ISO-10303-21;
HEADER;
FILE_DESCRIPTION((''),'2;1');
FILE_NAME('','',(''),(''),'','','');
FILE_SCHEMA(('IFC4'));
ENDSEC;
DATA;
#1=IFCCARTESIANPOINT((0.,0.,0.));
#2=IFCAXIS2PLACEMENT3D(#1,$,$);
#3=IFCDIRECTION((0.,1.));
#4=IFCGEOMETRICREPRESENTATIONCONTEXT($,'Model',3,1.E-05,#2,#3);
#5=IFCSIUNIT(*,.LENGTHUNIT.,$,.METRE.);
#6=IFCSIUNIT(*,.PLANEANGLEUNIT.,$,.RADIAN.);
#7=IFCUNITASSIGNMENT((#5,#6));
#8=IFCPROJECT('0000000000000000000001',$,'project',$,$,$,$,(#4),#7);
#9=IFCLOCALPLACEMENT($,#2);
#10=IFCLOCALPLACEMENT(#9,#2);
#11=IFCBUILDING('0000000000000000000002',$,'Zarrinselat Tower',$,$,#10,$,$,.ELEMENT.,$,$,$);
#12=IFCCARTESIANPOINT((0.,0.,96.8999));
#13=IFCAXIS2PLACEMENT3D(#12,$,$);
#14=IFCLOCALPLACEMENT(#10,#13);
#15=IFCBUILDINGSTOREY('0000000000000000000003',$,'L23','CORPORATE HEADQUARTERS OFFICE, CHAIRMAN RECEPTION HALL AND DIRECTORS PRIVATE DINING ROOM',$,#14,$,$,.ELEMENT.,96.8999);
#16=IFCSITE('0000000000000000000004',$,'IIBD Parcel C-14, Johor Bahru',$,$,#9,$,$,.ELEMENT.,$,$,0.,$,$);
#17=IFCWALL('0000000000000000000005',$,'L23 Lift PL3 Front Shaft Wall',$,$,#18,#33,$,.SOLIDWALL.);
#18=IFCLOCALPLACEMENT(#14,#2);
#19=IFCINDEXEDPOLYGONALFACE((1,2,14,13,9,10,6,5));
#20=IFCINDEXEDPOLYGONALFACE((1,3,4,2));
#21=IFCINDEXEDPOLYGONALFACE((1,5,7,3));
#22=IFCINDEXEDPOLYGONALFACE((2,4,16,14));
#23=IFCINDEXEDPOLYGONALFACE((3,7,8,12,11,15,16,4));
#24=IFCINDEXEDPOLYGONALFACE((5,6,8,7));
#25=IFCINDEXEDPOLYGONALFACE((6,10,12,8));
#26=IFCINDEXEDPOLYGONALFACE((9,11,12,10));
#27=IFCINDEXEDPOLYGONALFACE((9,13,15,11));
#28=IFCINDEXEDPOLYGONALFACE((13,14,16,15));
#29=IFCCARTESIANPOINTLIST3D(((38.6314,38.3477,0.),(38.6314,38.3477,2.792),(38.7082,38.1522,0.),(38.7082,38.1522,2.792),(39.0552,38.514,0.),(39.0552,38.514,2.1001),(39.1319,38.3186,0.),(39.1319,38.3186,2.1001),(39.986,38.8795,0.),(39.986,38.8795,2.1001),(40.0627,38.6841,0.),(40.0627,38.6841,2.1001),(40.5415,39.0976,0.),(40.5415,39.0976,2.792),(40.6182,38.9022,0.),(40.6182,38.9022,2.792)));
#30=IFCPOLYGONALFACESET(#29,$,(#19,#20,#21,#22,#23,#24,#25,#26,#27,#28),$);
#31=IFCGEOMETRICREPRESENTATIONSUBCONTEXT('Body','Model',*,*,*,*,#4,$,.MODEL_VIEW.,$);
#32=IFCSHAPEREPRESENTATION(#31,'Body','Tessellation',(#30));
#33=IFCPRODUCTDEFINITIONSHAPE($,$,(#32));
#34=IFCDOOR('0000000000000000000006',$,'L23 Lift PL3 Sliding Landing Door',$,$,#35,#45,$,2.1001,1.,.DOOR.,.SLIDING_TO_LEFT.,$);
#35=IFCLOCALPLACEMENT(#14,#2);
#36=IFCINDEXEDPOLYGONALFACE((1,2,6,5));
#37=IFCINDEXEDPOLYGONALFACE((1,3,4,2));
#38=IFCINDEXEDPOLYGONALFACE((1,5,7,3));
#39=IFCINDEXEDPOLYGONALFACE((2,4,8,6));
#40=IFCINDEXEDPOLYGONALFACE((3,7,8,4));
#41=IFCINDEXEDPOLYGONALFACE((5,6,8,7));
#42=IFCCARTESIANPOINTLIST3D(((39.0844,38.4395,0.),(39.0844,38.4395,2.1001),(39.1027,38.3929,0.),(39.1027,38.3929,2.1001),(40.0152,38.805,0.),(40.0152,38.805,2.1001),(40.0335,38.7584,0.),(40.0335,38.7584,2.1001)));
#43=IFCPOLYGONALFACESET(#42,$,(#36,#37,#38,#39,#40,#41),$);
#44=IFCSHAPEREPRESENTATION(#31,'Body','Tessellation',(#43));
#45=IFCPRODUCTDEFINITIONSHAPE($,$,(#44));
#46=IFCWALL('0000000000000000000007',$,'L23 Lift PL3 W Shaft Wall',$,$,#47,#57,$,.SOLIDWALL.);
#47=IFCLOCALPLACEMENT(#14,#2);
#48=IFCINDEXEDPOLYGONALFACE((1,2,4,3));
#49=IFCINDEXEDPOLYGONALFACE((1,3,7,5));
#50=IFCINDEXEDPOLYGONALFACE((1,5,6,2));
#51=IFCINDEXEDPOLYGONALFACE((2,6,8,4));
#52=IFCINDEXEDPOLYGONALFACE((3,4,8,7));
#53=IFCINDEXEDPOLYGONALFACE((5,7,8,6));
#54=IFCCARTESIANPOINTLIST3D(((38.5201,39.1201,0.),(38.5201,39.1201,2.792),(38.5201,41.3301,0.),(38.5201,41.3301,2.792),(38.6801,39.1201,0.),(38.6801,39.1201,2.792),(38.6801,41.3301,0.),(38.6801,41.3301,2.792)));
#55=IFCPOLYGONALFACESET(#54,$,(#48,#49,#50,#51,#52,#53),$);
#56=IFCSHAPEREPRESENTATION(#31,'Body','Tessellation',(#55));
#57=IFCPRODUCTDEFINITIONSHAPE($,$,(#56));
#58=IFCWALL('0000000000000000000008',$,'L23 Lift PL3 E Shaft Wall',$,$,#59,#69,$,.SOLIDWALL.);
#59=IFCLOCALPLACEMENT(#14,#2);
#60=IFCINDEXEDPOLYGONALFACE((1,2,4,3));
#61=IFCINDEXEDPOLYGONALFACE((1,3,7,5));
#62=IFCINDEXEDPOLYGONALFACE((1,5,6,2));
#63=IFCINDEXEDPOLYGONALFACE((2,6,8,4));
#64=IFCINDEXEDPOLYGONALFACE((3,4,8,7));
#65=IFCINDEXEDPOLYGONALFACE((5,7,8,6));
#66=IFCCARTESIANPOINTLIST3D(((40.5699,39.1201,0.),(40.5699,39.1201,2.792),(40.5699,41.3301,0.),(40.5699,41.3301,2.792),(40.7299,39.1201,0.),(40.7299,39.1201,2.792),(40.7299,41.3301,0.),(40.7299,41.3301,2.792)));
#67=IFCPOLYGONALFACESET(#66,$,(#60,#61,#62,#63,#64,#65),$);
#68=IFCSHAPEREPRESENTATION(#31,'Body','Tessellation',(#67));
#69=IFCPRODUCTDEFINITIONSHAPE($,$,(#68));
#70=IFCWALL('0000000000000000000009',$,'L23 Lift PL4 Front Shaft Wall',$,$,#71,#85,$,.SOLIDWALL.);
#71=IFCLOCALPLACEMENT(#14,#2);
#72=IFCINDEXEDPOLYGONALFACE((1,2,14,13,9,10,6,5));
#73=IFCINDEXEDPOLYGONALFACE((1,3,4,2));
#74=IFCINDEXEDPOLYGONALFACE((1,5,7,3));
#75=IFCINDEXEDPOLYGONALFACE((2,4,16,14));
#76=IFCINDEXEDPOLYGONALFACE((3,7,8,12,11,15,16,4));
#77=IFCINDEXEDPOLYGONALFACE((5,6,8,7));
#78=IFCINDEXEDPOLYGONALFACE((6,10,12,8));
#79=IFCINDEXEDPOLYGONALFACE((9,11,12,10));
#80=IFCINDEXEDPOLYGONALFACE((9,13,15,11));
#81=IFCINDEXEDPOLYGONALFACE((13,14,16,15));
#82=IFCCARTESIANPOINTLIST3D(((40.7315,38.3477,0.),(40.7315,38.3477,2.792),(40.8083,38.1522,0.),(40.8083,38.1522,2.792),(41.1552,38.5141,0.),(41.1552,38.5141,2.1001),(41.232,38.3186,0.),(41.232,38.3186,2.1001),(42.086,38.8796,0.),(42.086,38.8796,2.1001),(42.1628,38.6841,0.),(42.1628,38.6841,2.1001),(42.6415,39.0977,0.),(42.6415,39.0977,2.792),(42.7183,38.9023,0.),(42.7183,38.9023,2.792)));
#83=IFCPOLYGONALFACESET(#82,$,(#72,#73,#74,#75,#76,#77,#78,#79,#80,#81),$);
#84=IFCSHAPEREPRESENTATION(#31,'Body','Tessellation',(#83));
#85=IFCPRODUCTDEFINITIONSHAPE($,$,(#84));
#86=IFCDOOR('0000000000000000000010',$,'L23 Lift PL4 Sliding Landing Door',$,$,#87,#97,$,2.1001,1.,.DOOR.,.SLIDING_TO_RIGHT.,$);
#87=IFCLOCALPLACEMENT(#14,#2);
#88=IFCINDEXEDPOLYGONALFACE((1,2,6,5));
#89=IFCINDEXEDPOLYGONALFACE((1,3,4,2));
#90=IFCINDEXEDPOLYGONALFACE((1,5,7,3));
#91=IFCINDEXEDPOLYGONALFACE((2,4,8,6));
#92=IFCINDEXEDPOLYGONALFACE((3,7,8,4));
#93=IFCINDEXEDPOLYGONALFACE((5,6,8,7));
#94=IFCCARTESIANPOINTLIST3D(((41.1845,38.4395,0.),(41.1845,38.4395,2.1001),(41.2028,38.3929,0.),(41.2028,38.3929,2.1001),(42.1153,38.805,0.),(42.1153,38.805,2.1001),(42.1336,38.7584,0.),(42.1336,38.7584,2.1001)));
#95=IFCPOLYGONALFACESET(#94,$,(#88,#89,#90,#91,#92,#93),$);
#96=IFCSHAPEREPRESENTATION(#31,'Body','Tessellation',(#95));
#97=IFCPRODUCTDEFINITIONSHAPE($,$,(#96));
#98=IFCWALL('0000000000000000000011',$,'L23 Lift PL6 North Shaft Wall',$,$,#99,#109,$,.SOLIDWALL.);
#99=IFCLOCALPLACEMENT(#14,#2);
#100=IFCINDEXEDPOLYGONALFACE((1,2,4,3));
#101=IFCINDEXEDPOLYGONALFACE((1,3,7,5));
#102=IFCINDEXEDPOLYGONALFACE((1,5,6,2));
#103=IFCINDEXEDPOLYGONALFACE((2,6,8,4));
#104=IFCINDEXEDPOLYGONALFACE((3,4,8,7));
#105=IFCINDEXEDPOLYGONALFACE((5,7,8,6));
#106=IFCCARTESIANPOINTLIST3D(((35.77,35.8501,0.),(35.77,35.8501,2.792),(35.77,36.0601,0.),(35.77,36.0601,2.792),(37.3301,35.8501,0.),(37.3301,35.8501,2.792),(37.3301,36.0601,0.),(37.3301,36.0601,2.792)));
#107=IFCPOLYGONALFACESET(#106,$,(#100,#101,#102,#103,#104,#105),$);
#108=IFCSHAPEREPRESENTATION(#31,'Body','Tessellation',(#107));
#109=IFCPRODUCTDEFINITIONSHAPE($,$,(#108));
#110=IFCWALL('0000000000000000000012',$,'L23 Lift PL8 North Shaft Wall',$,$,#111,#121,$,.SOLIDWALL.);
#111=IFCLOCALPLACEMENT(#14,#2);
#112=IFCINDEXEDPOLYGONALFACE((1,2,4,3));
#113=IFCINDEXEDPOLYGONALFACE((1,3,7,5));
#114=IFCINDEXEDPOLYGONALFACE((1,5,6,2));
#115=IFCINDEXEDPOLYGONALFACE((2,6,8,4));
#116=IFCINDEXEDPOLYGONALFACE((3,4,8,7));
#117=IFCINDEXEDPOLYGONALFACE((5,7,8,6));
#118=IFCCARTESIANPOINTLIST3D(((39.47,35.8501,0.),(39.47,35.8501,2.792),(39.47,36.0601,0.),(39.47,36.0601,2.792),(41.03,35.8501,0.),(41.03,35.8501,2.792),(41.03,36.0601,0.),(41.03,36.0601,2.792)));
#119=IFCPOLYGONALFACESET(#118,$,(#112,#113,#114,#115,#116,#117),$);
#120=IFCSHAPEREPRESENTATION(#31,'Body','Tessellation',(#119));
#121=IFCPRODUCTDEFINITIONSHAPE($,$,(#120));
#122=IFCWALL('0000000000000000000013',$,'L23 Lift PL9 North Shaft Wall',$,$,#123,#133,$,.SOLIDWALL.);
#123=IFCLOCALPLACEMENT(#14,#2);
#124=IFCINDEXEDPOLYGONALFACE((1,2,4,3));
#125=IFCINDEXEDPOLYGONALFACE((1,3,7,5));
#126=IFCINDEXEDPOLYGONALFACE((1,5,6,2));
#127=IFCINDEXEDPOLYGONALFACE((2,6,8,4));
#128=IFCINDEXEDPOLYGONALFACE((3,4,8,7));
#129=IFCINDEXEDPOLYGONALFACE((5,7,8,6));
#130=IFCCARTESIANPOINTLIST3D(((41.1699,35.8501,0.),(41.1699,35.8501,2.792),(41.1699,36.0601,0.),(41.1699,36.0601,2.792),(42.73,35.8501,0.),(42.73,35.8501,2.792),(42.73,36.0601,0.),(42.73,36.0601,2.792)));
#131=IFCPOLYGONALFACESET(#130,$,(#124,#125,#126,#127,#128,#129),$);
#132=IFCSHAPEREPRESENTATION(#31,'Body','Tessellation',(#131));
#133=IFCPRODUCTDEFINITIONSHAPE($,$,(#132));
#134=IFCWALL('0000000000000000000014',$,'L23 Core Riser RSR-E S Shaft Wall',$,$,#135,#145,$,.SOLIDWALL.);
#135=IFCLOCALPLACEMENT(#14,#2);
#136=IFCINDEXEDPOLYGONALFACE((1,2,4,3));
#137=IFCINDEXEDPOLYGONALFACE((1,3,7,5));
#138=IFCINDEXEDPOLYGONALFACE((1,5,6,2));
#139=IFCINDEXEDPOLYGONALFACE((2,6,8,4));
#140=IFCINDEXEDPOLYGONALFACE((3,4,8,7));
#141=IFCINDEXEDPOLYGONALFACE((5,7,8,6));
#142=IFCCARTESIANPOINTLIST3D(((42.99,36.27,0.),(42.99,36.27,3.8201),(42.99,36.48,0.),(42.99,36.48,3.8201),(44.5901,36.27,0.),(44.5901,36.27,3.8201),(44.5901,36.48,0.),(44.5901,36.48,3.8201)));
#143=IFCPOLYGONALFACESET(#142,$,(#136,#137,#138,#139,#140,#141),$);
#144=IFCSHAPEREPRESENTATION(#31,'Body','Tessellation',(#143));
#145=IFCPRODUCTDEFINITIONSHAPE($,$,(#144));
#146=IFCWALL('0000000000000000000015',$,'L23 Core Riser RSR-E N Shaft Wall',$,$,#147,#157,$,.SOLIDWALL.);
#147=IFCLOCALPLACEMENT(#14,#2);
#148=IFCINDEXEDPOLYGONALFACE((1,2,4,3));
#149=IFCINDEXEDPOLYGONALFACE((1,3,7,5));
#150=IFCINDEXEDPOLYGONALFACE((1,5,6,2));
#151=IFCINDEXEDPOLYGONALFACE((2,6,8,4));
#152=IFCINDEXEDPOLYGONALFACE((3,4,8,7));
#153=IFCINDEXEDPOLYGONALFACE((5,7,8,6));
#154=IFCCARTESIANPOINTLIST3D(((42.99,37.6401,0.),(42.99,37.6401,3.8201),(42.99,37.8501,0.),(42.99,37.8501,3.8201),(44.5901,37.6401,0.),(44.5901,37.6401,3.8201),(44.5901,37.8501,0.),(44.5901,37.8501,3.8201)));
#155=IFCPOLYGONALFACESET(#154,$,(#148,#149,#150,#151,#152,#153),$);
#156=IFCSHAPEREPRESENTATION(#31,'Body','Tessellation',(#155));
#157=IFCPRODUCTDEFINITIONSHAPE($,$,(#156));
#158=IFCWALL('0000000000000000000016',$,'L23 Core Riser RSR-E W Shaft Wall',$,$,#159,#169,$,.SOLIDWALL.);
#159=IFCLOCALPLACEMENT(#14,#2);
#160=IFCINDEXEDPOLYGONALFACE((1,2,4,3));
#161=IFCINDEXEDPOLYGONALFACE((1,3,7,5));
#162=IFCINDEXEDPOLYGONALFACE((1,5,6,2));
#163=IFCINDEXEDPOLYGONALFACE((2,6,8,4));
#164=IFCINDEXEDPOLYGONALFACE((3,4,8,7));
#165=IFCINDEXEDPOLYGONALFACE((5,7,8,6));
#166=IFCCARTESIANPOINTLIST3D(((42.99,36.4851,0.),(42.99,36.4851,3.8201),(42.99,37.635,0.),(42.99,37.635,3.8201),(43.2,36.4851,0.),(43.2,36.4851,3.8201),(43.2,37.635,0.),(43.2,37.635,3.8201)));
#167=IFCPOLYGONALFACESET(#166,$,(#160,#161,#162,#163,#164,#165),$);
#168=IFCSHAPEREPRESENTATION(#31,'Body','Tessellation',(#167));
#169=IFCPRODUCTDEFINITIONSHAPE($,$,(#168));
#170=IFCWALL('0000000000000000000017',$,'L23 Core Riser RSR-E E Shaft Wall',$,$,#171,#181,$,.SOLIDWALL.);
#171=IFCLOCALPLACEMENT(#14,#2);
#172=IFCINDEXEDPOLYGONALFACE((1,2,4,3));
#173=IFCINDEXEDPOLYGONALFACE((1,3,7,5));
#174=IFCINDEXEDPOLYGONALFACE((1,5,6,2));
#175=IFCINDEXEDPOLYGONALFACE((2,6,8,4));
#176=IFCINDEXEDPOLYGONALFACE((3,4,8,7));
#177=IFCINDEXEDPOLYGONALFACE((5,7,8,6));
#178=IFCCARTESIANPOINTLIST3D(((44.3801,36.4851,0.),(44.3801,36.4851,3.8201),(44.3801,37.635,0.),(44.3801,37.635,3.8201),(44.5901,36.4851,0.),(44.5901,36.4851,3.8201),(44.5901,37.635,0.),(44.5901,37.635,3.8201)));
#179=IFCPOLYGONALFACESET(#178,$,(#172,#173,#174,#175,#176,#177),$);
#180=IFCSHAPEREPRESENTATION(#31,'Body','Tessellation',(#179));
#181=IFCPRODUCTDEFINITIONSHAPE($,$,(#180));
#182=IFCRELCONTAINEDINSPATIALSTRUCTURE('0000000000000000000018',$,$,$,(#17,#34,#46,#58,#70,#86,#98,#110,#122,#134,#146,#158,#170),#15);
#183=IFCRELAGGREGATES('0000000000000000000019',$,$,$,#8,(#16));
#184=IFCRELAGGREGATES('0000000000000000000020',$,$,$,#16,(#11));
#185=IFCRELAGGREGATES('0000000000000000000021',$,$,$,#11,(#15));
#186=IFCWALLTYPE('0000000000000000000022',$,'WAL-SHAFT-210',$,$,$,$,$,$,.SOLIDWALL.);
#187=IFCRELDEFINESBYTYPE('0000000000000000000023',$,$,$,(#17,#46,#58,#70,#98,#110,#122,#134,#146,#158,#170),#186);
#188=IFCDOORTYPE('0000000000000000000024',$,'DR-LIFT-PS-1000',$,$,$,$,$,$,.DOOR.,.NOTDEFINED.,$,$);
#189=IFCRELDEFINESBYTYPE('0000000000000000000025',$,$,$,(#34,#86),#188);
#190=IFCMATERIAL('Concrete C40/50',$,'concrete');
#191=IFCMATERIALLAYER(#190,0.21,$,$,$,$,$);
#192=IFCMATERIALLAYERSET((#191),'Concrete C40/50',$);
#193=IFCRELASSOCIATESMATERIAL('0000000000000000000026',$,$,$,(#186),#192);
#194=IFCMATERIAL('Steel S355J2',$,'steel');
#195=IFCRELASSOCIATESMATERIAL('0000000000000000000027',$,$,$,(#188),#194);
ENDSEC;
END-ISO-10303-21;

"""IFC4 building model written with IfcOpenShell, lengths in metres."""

from ifc_helpers import new_model, si_unit, direction, frame, frame_2d, origin, place, context, subcontext, project, spatial, rectangle, extrude, material, layer, layer_set, type_object, element, fill, save


model = new_model("IFC4")

# Units and contexts
model_context = context("Model", 3, precision=1e-05, world=origin(), true_north=direction((0.0, 1.0)))
body_context = subcontext(model_context, "Body", "Model", "MODEL_VIEW")
ifc_project = project(units=[si_unit("LENGTHUNIT", "METRE"), si_unit("PLANEANGLEUNIT", "RADIAN")], contexts=[model_context])

# Site, building, storey
site_placement = place(None, origin())
site = spatial("IfcSite", under=ifc_project, at=site_placement, Name="IIBD Parcel C-14, Johor Bahru", CompositionType="ELEMENT", RefElevation=0.0)
building_placement = place(site_placement, origin())
building = spatial("IfcBuilding", under=site, at=building_placement, Name="Zarrinselat Tower", CompositionType="ELEMENT")
storey_placement = place(building_placement, frame((0.0, 0.0, 96.8999)))
storey = spatial("IfcBuildingStorey", under=building, at=storey_placement, Name="L23", Description="CORPORATE HEADQUARTERS OFFICE, CHAIRMAN RECEPTION HALL AND DIRECTORS PRIVATE DINING ROOM", CompositionType="ELEMENT", Elevation=96.8999)

# Shared definitions
ifc_material_1 = material(Name="Concrete C40/50", Category="concrete")
ifc_layer_1 = layer(ifc_material_1, 0.21)
ifc_layer_set_1 = layer_set([ifc_layer_1], Name="Concrete C40/50")
wall_type_1 = type_object("IfcWallType", Name="WAL-SHAFT-210", PredefinedType="SOLIDWALL", material=ifc_layer_set_1)

# Shared definitions
ifc_material_2 = material(Name="Steel S355J2", Category="steel")
door_type_1 = type_object("IfcDoorType", Name="DR-LIFT-PS-1000", OperationType="NOTDEFINED", PredefinedType="DOOR", material=ifc_material_2)

# Wall, opening, door
wall_1_placement = place(storey_placement, frame((38.6699, 38.25, 0.0), z_axis=(0.0, 0.0, 1.0), x_axis=(0.930821, 0.365476, 0.0)))
wall_1 = element("IfcWall", 1, at=wall_1_placement, inside=storey, type_object=wall_type_1, Name="L23 Lift PL3 Front Shaft Wall", PredefinedType="SOLIDWALL", context=body_context, shape_type="SweptSolid", body=[
    extrude(rectangle(XDim=2.052, YDim=0.21, at=frame_2d((1.0259, 0.0))), origin(), (0.0, 0.0, 1.0), 2.792),
])
opening_1_placement = place(wall_1_placement, frame((0.4551, 0.0, 0.0)))
opening_1 = element("IfcOpeningElement", 2, at=opening_1_placement, cuts=wall_1, PredefinedType="OPENING", context=body_context, shape_type="SweptSolid", body=[
    extrude(rectangle(XDim=1.0, YDim=2.1001, at=frame_2d((0.5, 1.05))), frame((0.0, 0.115, 0.0), z_axis=(0.0, -1.0, 0.0), x_axis=(1.0, 0.0, 0.0)), (0.0, 0.0, 1.0), 0.23),
])
door_1_placement = place(opening_1_placement, origin())
door_1 = element("IfcDoor", 3, at=door_1_placement, inside=storey, type_object=door_type_1, Name="L23 Lift PL3 Sliding Landing Door", OperationType="SLIDING_TO_LEFT", OverallHeight=2.1001, OverallWidth=1.0, PredefinedType="DOOR", context=body_context, shape_type="SweptSolid", body=[
    extrude(rectangle(XDim=1.0, YDim=2.1001, at=frame_2d((0.5, 1.05))), frame((0.0, 0.0249, 0.0), z_axis=(0.0, -1.0, 0.0), x_axis=(1.0, 0.0, 0.0)), (0.0, 0.0, 1.0), 0.05),
])
fill(opening_1, door_1)

# Walls
for number, where, z_axis, x_axis, name in (
    (4, (38.6001, 39.1201, 0.0), (0.0, 0.0, 1.0), (0.0, 1.0, 0.0), "L23 Lift PL3 W Shaft Wall"),
    (5, (40.6499, 39.1201, 0.0), (0.0, 0.0, 1.0), (0.0, 1.0, 0.0), "L23 Lift PL3 E Shaft Wall"),
):
    element("IfcWall", number, at=place(storey_placement, frame(where, z_axis=z_axis, x_axis=x_axis)), inside=storey, type_object=wall_type_1, Name=name, PredefinedType="SOLIDWALL", context=body_context, shape_type="SweptSolid", body=[
        extrude(rectangle(XDim=2.21, YDim=0.1599, at=frame_2d((1.105, 0.0))), origin(), (0.0, 0.0, 1.0), 2.792),
    ])

# Wall, opening, door
wall_2_placement = place(storey_placement, frame((40.77, 38.25, 0.0), z_axis=(0.0, 0.0, 1.0), x_axis=(0.930805, 0.365516, 0.0)))
wall_2 = element("IfcWall", 6, at=wall_2_placement, inside=storey, type_object=wall_type_1, Name="L23 Lift PL4 Front Shaft Wall", PredefinedType="SOLIDWALL", context=body_context, shape_type="SweptSolid", body=[
    extrude(rectangle(XDim=2.052, YDim=0.21, at=frame_2d((1.0259, 0.0))), origin(), (0.0, 0.0, 1.0), 2.792),
])
opening_2_placement = place(wall_2_placement, frame((0.4551, 0.0, 0.0)))
opening_2 = element("IfcOpeningElement", 7, at=opening_2_placement, cuts=wall_2, PredefinedType="OPENING", context=body_context, shape_type="SweptSolid", body=[
    extrude(rectangle(XDim=1.0, YDim=2.1001, at=frame_2d((0.5, 1.05))), frame((0.0, 0.115, 0.0), z_axis=(0.0, -1.0, 0.0), x_axis=(1.0, 0.0, 0.0)), (0.0, 0.0, 1.0), 0.23),
])
door_2_placement = place(opening_2_placement, origin())
door_2 = element("IfcDoor", 8, at=door_2_placement, inside=storey, type_object=door_type_1, Name="L23 Lift PL4 Sliding Landing Door", OperationType="SLIDING_TO_RIGHT", OverallHeight=2.1001, OverallWidth=1.0, PredefinedType="DOOR", context=body_context, shape_type="SweptSolid", body=[
    extrude(rectangle(XDim=1.0, YDim=2.1001, at=frame_2d((0.5, 1.05))), frame((0.0, 0.0249, 0.0), z_axis=(0.0, -1.0, 0.0), x_axis=(1.0, 0.0, 0.0)), (0.0, 0.0, 1.0), 0.05),
])
fill(opening_2, door_2)

# Walls
for number, where, z_axis, x_axis, name in (
    (9, (35.77, 35.9551, 0.0), (0.0, 0.0, 1.0), (1.0, 0.0, 0.0), "L23 Lift PL6 North Shaft Wall"),
    (10, (39.47, 35.9551, 0.0), (0.0, 0.0, 1.0), (1.0, 0.0, 0.0), "L23 Lift PL8 North Shaft Wall"),
    (11, (41.1699, 35.9551, 0.0), (0.0, 0.0, 1.0), (1.0, 0.0, 0.0), "L23 Lift PL9 North Shaft Wall"),
):
    element("IfcWall", number, at=place(storey_placement, frame(where, z_axis=z_axis, x_axis=x_axis)), inside=storey, type_object=wall_type_1, Name=name, PredefinedType="SOLIDWALL", context=body_context, shape_type="SweptSolid", body=[
        extrude(rectangle(XDim=1.5601, YDim=0.21, at=frame_2d((0.78, 0.0))), origin(), (0.0, 0.0, 1.0), 2.792),
    ])
for number, where, z_axis, x_axis, name in (
    (12, (42.99, 36.375, 0.0), (0.0, 0.0, 1.0), (1.0, 0.0, 0.0), "L23 Core Riser RSR-E S Shaft Wall"),
    (13, (42.99, 37.7451, 0.0), (0.0, 0.0, 1.0), (1.0, 0.0, 0.0), "L23 Core Riser RSR-E N Shaft Wall"),
):
    element("IfcWall", number, at=place(storey_placement, frame(where, z_axis=z_axis, x_axis=x_axis)), inside=storey, type_object=wall_type_1, Name=name, PredefinedType="SOLIDWALL", context=body_context, shape_type="SweptSolid", body=[
        extrude(rectangle(XDim=1.6001, YDim=0.21, at=frame_2d((0.8, 0.0))), origin(), (0.0, 0.0, 1.0), 3.8201),
    ])
for number, where, z_axis, x_axis, name in (
    (14, (43.095, 36.4851, 0.0), (0.0, 0.0, 1.0), (0.0, 1.0, 0.0), "L23 Core Riser RSR-E W Shaft Wall"),
    (15, (44.4851, 36.4851, 0.0), (0.0, 0.0, 1.0), (0.0, 1.0, 0.0), "L23 Core Riser RSR-E E Shaft Wall"),
):
    element("IfcWall", number, at=place(storey_placement, frame(where, z_axis=z_axis, x_axis=x_axis)), inside=storey, type_object=wall_type_1, Name=name, PredefinedType="SOLIDWALL", context=body_context, shape_type="SweptSolid", body=[
        extrude(rectangle(XDim=1.1499, YDim=0.21, at=frame_2d((0.575, 0.0))), origin(), (0.0, 0.0, 1.0), 3.8201),
    ])

save(model, "model.ifc")
